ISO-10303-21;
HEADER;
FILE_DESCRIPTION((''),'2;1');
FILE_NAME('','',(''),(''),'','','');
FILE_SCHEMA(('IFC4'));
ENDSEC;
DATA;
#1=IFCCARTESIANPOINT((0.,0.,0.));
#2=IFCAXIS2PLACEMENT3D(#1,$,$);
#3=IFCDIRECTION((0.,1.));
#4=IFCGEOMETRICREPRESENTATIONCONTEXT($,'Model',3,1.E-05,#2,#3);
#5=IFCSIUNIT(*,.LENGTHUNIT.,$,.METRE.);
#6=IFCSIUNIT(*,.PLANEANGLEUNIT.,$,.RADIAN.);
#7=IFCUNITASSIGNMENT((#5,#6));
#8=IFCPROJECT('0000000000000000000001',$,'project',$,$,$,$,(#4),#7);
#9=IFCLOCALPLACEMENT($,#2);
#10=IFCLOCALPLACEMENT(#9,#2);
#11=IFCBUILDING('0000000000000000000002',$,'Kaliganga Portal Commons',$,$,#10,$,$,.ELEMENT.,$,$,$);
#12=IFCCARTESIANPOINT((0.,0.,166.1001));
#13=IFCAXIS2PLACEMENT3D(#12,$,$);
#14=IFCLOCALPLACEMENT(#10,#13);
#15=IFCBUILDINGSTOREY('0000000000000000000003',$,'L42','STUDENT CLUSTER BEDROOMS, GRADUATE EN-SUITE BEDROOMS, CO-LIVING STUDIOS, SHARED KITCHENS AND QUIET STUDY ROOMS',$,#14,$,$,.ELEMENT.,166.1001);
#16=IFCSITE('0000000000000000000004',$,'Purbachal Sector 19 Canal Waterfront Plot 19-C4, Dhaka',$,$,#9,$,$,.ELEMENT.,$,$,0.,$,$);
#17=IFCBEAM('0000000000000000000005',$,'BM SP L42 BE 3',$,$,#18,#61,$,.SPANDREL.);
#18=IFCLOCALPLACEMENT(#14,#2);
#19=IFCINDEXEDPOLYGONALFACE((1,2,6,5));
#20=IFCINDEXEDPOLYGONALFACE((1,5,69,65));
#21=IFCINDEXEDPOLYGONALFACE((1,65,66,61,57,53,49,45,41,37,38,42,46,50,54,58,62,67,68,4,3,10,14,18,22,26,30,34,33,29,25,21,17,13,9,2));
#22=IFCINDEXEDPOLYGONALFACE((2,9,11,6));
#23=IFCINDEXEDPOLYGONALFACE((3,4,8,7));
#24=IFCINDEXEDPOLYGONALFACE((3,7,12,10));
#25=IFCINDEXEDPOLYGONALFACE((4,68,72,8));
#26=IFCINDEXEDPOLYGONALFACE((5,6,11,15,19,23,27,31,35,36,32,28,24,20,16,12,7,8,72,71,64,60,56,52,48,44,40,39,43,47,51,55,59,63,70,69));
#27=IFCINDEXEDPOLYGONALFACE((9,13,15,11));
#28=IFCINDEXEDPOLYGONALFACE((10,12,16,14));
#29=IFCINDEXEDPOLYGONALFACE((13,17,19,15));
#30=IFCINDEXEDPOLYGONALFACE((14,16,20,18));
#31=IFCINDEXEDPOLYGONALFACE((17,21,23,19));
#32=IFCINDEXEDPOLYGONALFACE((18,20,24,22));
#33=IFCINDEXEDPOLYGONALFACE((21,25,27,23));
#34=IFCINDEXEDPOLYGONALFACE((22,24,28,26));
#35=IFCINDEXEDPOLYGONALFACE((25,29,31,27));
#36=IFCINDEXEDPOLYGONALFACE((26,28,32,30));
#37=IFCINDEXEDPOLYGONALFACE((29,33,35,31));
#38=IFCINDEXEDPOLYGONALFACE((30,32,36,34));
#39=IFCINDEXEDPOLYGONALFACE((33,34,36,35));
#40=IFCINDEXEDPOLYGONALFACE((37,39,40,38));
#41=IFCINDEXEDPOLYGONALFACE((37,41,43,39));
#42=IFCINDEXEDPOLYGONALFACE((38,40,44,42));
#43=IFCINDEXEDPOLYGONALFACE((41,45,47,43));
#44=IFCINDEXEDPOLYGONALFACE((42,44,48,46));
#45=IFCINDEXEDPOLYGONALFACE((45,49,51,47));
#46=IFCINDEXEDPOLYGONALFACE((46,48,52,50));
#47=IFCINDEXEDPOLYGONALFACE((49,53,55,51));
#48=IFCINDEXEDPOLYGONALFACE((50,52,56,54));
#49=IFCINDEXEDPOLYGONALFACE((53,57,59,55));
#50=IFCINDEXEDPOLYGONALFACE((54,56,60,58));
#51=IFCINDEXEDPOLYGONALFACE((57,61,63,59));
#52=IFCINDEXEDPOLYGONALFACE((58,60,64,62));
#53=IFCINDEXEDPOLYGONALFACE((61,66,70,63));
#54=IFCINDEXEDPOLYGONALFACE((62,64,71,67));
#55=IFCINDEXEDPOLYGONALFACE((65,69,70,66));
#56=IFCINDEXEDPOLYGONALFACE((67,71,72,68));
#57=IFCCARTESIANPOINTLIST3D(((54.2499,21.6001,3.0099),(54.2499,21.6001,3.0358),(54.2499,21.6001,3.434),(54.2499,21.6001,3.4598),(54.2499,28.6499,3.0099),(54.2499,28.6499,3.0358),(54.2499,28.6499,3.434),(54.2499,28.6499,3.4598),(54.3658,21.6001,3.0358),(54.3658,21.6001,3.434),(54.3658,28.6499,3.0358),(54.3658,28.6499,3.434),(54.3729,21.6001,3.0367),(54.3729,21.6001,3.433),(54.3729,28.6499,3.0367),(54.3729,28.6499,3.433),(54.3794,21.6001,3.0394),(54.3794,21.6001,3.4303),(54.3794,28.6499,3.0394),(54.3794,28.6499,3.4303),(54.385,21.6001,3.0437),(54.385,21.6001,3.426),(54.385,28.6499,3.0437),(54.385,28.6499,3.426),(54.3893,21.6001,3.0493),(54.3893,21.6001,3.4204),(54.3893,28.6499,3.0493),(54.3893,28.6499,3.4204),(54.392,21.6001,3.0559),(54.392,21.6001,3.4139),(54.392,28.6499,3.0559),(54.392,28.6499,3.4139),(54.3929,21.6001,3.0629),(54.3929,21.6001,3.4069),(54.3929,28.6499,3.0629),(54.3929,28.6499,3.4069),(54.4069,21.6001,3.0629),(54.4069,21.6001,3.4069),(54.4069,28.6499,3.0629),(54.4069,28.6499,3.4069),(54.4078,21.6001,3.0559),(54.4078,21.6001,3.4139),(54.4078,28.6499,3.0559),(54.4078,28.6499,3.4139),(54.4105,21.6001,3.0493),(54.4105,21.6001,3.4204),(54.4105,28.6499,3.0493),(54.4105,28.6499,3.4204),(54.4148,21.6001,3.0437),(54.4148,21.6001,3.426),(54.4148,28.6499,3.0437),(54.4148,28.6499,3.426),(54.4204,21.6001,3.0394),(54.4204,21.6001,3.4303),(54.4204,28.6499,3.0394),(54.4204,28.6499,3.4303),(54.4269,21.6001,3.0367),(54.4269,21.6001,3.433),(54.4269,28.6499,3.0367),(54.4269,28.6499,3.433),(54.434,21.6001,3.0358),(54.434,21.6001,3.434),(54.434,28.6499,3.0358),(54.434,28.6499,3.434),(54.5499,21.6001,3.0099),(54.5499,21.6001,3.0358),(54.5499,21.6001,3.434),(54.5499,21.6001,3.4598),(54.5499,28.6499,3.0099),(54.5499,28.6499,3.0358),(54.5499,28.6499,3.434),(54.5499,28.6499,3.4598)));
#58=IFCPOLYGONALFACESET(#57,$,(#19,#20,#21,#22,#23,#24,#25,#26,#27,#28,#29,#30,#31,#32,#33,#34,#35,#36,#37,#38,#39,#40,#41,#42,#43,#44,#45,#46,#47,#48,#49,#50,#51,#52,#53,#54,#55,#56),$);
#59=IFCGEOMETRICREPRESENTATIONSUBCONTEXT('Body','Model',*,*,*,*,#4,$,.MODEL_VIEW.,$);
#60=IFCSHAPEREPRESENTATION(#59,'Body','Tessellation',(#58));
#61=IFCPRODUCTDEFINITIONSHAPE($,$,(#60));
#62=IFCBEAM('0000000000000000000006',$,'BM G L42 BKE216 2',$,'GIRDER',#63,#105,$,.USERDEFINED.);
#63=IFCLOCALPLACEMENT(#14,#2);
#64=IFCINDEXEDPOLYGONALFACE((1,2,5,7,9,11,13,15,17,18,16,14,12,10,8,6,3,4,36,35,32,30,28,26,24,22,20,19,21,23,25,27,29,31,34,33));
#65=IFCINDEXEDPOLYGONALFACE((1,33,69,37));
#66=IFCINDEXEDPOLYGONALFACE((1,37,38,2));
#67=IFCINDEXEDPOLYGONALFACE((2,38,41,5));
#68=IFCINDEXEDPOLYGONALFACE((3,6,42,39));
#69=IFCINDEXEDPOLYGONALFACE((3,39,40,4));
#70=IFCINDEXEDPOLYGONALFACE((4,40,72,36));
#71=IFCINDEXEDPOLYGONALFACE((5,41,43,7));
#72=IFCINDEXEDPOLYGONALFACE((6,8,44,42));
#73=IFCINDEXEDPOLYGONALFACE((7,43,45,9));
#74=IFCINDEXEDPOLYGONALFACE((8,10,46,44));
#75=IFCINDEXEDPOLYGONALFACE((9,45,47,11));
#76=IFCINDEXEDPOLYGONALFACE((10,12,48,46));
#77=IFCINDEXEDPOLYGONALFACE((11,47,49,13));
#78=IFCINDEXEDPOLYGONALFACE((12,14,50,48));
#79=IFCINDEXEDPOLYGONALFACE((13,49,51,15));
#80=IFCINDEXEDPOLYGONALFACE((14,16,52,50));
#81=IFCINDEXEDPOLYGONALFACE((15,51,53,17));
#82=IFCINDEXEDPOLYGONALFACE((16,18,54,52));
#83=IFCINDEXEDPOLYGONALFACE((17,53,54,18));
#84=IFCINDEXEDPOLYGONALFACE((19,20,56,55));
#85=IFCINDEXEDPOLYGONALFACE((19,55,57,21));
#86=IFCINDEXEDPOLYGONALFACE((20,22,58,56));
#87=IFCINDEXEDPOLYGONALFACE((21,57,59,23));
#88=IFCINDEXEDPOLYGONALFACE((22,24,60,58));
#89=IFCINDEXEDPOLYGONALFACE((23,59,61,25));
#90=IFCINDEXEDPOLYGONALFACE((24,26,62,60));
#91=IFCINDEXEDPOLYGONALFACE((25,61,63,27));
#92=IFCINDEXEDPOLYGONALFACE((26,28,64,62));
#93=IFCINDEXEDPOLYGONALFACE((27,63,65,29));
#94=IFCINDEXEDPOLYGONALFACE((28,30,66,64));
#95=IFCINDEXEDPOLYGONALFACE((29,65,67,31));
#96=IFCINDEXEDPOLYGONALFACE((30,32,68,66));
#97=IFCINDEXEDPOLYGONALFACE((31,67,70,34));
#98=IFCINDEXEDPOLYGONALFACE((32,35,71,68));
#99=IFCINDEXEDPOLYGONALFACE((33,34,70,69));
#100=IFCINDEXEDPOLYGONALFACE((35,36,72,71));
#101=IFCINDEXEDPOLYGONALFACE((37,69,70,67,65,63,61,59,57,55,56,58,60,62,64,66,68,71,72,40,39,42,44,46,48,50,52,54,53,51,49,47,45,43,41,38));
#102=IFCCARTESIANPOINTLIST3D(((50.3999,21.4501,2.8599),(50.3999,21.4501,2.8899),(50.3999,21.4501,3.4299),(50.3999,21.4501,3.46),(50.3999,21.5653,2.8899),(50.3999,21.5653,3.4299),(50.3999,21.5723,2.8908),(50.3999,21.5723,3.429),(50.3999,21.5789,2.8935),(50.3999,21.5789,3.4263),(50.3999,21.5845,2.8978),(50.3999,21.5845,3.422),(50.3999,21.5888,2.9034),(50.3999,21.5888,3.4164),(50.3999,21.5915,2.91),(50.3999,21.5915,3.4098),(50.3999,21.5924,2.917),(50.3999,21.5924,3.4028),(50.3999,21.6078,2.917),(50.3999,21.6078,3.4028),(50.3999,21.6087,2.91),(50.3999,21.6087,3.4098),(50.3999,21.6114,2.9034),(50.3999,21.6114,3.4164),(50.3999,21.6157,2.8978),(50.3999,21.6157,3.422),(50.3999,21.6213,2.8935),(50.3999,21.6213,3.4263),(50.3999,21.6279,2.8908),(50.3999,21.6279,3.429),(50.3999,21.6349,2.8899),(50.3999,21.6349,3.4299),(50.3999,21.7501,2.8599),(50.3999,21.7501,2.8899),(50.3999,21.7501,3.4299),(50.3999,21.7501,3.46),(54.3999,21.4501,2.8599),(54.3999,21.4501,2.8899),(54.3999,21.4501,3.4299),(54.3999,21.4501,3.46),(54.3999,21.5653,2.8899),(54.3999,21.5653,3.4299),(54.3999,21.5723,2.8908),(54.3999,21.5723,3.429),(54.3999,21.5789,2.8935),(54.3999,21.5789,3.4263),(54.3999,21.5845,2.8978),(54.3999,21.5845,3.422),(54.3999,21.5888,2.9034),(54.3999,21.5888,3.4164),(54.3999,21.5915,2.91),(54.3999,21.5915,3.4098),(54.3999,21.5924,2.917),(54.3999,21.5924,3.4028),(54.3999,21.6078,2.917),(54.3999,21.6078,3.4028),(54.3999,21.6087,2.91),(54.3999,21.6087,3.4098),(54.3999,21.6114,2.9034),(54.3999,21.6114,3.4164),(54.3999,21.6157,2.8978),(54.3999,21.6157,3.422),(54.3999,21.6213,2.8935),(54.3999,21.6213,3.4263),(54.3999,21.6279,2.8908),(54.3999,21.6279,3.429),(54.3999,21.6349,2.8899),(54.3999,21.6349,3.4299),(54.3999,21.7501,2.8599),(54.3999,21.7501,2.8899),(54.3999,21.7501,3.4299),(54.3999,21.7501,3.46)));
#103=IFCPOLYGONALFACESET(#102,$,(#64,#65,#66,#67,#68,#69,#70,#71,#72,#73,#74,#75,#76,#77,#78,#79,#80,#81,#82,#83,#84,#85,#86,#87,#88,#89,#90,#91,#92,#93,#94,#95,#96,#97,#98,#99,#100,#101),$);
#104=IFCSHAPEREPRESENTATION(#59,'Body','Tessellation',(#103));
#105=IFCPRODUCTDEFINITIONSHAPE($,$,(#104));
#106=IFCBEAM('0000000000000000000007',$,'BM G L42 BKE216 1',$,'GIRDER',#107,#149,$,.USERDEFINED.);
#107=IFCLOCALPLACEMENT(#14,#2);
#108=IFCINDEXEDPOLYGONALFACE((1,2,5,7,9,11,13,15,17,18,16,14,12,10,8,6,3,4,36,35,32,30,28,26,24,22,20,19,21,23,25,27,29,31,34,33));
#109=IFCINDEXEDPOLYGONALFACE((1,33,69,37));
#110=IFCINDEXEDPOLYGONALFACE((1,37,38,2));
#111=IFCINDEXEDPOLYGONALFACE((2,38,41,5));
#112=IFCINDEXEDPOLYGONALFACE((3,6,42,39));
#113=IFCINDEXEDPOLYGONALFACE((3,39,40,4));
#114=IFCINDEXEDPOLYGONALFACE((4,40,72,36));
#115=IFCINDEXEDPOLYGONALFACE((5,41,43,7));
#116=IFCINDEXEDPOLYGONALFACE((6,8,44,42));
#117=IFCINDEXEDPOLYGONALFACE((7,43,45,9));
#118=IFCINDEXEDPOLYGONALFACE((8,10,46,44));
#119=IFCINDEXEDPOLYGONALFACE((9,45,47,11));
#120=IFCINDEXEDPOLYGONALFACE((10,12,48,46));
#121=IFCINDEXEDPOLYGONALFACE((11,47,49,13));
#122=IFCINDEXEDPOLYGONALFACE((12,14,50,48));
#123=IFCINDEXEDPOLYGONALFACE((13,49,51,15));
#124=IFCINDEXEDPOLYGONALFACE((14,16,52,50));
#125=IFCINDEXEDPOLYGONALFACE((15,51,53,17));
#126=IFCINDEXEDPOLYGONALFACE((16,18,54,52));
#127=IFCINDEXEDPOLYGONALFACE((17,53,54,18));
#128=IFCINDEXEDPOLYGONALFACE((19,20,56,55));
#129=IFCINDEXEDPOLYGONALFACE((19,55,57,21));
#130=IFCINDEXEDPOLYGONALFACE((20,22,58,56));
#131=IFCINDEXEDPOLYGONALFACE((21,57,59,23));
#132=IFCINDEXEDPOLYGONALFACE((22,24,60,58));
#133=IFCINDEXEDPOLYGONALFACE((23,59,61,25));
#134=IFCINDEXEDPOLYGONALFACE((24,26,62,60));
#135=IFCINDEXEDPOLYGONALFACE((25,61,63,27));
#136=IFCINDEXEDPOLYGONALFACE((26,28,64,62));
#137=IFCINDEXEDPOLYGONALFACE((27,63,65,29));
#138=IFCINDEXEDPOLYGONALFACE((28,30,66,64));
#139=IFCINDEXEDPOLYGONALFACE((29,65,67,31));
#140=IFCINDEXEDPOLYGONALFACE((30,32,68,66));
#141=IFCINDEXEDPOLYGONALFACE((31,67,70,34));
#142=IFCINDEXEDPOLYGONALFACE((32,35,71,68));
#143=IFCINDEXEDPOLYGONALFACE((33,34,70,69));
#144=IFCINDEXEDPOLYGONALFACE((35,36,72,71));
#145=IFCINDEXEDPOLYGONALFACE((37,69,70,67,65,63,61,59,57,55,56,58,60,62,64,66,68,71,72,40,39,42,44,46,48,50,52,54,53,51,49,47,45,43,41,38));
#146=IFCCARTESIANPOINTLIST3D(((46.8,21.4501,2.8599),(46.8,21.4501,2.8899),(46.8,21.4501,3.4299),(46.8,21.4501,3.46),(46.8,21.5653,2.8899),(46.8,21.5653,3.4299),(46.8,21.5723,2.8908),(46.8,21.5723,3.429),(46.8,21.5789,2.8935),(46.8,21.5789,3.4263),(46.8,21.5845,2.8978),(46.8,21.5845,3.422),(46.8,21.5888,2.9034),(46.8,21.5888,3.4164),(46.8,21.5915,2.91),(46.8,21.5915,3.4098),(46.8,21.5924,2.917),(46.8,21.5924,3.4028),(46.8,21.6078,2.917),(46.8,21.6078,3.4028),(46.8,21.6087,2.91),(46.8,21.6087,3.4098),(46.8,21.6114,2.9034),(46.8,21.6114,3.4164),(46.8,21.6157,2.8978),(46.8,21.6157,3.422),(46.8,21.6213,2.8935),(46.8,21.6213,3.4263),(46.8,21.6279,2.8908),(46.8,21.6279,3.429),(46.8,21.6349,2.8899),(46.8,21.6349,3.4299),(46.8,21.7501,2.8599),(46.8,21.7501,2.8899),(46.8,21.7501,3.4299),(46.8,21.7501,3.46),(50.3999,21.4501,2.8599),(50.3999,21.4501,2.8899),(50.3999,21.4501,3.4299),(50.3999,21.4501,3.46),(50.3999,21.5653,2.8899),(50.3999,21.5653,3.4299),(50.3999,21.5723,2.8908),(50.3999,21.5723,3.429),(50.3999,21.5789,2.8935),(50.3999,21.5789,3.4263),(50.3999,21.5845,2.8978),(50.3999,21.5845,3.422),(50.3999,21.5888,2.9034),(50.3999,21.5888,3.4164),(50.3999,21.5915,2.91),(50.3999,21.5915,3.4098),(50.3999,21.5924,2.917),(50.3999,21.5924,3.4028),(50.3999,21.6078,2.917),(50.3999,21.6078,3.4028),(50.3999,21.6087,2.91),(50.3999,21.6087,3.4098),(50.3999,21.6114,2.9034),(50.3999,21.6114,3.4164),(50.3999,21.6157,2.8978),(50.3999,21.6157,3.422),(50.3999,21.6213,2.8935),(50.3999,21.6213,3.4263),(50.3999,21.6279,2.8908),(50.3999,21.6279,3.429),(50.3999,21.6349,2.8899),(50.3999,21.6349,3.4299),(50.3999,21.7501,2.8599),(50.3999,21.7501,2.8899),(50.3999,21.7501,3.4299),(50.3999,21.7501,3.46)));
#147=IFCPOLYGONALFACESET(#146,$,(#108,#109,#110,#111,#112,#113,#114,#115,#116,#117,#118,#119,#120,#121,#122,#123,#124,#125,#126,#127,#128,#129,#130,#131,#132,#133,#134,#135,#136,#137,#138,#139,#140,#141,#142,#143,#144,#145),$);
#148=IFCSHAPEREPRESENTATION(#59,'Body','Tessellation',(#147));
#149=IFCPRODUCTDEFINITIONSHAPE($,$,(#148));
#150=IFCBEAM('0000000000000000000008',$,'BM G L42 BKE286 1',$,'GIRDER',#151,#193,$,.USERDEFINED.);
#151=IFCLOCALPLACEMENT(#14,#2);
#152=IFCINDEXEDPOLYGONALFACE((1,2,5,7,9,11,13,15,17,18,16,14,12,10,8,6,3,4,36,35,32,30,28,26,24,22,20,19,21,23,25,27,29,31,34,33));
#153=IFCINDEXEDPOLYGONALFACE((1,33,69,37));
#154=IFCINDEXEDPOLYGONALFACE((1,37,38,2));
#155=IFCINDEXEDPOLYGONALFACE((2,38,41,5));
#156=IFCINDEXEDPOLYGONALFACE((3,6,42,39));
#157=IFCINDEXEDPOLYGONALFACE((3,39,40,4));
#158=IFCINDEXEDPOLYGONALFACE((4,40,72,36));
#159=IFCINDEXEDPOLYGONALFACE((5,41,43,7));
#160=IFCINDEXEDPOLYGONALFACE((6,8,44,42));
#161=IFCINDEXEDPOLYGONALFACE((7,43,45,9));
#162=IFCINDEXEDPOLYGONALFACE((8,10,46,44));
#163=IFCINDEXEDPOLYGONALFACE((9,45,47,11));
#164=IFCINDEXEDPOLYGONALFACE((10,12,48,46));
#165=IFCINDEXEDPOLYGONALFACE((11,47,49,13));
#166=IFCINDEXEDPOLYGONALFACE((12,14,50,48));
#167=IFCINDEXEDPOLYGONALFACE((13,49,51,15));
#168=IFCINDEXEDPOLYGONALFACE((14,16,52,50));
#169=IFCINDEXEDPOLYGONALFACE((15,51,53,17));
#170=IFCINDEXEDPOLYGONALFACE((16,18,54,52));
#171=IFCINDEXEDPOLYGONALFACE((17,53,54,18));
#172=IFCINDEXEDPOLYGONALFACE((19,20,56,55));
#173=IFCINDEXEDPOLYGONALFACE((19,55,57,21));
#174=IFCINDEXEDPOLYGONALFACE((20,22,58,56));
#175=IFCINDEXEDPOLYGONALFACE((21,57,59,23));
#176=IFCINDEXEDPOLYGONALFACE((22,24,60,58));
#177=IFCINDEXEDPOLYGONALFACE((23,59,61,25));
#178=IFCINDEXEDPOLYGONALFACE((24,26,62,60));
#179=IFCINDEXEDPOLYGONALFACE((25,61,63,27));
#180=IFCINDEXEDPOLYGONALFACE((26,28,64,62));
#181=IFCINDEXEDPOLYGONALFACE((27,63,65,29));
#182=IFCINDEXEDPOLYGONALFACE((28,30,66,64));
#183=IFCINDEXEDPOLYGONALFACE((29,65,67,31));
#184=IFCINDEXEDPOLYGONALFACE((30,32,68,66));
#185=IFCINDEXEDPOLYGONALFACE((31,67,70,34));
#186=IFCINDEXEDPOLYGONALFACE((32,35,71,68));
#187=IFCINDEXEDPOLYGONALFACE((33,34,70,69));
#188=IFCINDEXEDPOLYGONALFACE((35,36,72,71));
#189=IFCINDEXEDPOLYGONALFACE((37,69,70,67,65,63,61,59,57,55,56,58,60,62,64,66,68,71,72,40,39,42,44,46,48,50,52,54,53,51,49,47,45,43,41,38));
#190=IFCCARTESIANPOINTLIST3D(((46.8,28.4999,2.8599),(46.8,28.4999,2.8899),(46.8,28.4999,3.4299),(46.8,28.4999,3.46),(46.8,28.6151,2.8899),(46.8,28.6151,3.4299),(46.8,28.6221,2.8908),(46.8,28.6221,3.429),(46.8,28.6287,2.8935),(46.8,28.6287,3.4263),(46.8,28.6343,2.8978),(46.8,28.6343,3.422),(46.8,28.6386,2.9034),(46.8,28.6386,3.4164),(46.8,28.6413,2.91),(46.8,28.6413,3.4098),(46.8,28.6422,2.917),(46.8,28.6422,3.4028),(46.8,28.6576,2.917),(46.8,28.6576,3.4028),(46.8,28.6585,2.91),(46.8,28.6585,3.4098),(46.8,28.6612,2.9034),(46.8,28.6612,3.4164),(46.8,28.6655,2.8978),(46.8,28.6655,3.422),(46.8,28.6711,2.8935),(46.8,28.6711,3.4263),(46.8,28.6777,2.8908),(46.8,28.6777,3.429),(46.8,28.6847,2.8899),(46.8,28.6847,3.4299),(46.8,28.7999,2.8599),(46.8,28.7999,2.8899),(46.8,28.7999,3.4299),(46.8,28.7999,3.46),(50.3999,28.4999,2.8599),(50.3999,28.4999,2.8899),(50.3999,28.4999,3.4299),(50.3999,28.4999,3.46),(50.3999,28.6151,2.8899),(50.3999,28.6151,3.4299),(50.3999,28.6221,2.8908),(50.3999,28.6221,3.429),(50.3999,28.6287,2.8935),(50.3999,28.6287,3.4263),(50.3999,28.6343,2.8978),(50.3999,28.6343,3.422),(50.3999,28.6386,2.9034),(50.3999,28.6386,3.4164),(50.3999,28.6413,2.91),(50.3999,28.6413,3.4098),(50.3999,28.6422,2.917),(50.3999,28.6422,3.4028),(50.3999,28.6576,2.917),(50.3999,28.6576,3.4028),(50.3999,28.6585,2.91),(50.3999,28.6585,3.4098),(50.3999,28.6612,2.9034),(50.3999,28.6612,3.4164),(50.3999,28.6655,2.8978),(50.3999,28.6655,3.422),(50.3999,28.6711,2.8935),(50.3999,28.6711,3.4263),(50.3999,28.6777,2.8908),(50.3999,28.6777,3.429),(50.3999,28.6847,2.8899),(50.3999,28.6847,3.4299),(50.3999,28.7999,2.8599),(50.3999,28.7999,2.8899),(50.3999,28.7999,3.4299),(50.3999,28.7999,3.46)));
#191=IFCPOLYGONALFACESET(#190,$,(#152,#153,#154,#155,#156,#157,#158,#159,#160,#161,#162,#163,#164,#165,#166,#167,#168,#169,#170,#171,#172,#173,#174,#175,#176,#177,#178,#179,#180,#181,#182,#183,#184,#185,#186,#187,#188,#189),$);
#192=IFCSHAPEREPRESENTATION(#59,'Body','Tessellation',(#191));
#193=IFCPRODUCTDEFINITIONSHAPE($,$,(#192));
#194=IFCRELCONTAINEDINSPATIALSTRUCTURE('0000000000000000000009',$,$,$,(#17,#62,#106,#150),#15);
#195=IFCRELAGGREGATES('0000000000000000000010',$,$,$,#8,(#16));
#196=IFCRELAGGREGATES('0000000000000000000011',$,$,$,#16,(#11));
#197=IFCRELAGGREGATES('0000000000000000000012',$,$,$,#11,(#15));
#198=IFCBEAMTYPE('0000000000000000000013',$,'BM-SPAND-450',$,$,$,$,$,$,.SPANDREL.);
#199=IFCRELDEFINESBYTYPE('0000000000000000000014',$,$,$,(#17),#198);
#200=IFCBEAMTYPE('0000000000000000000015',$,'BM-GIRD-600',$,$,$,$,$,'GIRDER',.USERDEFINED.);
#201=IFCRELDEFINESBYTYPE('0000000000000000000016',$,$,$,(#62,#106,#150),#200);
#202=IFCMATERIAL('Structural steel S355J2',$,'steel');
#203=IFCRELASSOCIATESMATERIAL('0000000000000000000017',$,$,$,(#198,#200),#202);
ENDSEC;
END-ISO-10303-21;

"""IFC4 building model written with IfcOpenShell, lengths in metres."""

from ifc_helpers import new_model, si_unit, direction, frame, origin, origin_2d, place, context, subcontext, project, spatial, i_section, extrude, source, transform, mapped, material, material_profile, profile_set, type_object, element, save


model = new_model("IFC4")

# Units and contexts
model_context = context("Model", 3, precision=1e-05, world=origin(), true_north=direction((0.0, 1.0)))
body_context = subcontext(model_context, "Body", "Model", "MODEL_VIEW")
ifc_project = project(units=[si_unit("LENGTHUNIT", "METRE"), si_unit("PLANEANGLEUNIT", "RADIAN")], contexts=[model_context])

# Site, building, storey
site_placement = place(None, origin())
site = spatial("IfcSite", under=ifc_project, at=site_placement, Name="Purbachal Sector 19 Canal Waterfront Plot 19-C4, Dhaka", CompositionType="ELEMENT", RefElevation=0.0)
building_placement = place(site_placement, origin())
building = spatial("IfcBuilding", under=site, at=building_placement, Name="Kaliganga Portal Commons", CompositionType="ELEMENT")
storey_placement = place(building_placement, frame((0.0, 0.0, 166.1001)))
storey = spatial("IfcBuildingStorey", under=building, at=storey_placement, Name="L42", Description="STUDENT CLUSTER BEDROOMS, GRADUATE EN-SUITE BEDROOMS, CO-LIVING STUDIOS, SHARED KITCHENS AND QUIET STUDY ROOMS", CompositionType="ELEMENT", Elevation=166.1001)

# Beams
ifc_material_1 = material(Name="Structural steel S355J2", Category="steel")
ifc_material_profile_1 = material_profile(ifc_material_1, i_section(OverallWidth=0.3, OverallDepth=0.45, WebThickness=0.0139, FlangeThickness=0.0259, FilletRadius=0.0271, at=origin_2d()), Name="HE 450 B")
ifc_profile_set_1 = profile_set([ifc_material_profile_1], Name="Structural steel S355J2 wide-flange")
beam_type_1 = type_object("IfcBeamType", Name="BM-SPAND-450", PredefinedType="SPANDREL", material=ifc_profile_set_1)
shared_shape_1 = source(origin(), body_context, "Body", "SweptSolid", [
    extrude(i_section(OverallWidth=0.3, OverallDepth=0.45, WebThickness=0.0139, FlangeThickness=0.0259, FilletRadius=0.0271, at=origin_2d()), origin(), (0.0, 0.0, 1.0), 7.0498),
])
beam_1_placement = place(storey_placement, frame((54.3999, 21.6001, 3.2349), z_axis=(0.0, 1.0, 0.0), x_axis=(-1.0, 0.0, 0.0)))
element("IfcBeam", 1, at=beam_1_placement, inside=storey, type_object=beam_type_1, Name="BM SP L42 BE 3", PredefinedType="SPANDREL", context=body_context, shape_type="MappedRepresentation", body=[
    mapped(shared_shape_1, transform((0.0, 0.0, 0.0), x_axis=(1.0, 0.0, 0.0), y_axis=(0.0, 1.0, 0.0), z_axis=(0.0, 0.0, 1.0), scale=1.0)),
])
ifc_material_profile_2 = material_profile(ifc_material_1, i_section(OverallWidth=0.3, OverallDepth=0.6001, WebThickness=0.0154, FlangeThickness=0.03, FilletRadius=0.0271, at=origin_2d()), Name="HE 600 B")
ifc_profile_set_2 = profile_set([ifc_material_profile_2], Name="Structural steel S355J2 wide-flange")
beam_type_2 = type_object("IfcBeamType", Name="BM-GIRD-600", ElementType="GIRDER", PredefinedType="USERDEFINED", material=ifc_profile_set_2)
shared_shape_2 = source(origin(), body_context, "Body", "SweptSolid", [
    extrude(i_section(OverallWidth=0.3, OverallDepth=0.6001, WebThickness=0.0154, FlangeThickness=0.03, FilletRadius=0.0271, at=origin_2d()), origin(), (0.0, 0.0, 1.0), 4.0),
])
beam_2_placement = place(storey_placement, frame((50.3999, 21.6001, 3.1599), z_axis=(1.0, 0.0, 0.0), x_axis=(0.0, 1.0, 0.0)))
element("IfcBeam", 2, at=beam_2_placement, inside=storey, type_object=beam_type_2, Name="BM G L42 BKE216 2", ObjectType="GIRDER", PredefinedType="USERDEFINED", context=body_context, shape_type="MappedRepresentation", body=[
    mapped(shared_shape_2, transform((0.0, 0.0, 0.0), x_axis=(1.0, 0.0, 0.0), y_axis=(0.0, 1.0, 0.0), z_axis=(0.0, 0.0, 1.0), scale=1.0)),
])
shared_shape_3 = source(origin(), body_context, "Body", "SweptSolid", [
    extrude(i_section(OverallWidth=0.3, OverallDepth=0.6001, WebThickness=0.0154, FlangeThickness=0.03, FilletRadius=0.0271, at=origin_2d()), origin(), (0.0, 0.0, 1.0), 3.5999),
])
for number, where, z_axis, x_axis, name in (
    (3, (46.8, 21.6001, 3.1599), (1.0, 0.0, 0.0), (0.0, 1.0, 0.0), "BM G L42 BKE216 1"),
    (4, (46.8, 28.6499, 3.1599), (1.0, 0.0, 0.0), (0.0, 1.0, 0.0), "BM G L42 BKE286 1"),
):
    element("IfcBeam", number, at=place(storey_placement, frame(where, z_axis=z_axis, x_axis=x_axis)), inside=storey, type_object=beam_type_2, Name=name, ObjectType="GIRDER", PredefinedType="USERDEFINED", context=body_context, shape_type="MappedRepresentation", body=[
        mapped(shared_shape_3, transform((0.0, 0.0, 0.0), x_axis=(1.0, 0.0, 0.0), y_axis=(0.0, 1.0, 0.0), z_axis=(0.0, 0.0, 1.0), scale=1.0)),
    ])

save(model, "model.ifc")
